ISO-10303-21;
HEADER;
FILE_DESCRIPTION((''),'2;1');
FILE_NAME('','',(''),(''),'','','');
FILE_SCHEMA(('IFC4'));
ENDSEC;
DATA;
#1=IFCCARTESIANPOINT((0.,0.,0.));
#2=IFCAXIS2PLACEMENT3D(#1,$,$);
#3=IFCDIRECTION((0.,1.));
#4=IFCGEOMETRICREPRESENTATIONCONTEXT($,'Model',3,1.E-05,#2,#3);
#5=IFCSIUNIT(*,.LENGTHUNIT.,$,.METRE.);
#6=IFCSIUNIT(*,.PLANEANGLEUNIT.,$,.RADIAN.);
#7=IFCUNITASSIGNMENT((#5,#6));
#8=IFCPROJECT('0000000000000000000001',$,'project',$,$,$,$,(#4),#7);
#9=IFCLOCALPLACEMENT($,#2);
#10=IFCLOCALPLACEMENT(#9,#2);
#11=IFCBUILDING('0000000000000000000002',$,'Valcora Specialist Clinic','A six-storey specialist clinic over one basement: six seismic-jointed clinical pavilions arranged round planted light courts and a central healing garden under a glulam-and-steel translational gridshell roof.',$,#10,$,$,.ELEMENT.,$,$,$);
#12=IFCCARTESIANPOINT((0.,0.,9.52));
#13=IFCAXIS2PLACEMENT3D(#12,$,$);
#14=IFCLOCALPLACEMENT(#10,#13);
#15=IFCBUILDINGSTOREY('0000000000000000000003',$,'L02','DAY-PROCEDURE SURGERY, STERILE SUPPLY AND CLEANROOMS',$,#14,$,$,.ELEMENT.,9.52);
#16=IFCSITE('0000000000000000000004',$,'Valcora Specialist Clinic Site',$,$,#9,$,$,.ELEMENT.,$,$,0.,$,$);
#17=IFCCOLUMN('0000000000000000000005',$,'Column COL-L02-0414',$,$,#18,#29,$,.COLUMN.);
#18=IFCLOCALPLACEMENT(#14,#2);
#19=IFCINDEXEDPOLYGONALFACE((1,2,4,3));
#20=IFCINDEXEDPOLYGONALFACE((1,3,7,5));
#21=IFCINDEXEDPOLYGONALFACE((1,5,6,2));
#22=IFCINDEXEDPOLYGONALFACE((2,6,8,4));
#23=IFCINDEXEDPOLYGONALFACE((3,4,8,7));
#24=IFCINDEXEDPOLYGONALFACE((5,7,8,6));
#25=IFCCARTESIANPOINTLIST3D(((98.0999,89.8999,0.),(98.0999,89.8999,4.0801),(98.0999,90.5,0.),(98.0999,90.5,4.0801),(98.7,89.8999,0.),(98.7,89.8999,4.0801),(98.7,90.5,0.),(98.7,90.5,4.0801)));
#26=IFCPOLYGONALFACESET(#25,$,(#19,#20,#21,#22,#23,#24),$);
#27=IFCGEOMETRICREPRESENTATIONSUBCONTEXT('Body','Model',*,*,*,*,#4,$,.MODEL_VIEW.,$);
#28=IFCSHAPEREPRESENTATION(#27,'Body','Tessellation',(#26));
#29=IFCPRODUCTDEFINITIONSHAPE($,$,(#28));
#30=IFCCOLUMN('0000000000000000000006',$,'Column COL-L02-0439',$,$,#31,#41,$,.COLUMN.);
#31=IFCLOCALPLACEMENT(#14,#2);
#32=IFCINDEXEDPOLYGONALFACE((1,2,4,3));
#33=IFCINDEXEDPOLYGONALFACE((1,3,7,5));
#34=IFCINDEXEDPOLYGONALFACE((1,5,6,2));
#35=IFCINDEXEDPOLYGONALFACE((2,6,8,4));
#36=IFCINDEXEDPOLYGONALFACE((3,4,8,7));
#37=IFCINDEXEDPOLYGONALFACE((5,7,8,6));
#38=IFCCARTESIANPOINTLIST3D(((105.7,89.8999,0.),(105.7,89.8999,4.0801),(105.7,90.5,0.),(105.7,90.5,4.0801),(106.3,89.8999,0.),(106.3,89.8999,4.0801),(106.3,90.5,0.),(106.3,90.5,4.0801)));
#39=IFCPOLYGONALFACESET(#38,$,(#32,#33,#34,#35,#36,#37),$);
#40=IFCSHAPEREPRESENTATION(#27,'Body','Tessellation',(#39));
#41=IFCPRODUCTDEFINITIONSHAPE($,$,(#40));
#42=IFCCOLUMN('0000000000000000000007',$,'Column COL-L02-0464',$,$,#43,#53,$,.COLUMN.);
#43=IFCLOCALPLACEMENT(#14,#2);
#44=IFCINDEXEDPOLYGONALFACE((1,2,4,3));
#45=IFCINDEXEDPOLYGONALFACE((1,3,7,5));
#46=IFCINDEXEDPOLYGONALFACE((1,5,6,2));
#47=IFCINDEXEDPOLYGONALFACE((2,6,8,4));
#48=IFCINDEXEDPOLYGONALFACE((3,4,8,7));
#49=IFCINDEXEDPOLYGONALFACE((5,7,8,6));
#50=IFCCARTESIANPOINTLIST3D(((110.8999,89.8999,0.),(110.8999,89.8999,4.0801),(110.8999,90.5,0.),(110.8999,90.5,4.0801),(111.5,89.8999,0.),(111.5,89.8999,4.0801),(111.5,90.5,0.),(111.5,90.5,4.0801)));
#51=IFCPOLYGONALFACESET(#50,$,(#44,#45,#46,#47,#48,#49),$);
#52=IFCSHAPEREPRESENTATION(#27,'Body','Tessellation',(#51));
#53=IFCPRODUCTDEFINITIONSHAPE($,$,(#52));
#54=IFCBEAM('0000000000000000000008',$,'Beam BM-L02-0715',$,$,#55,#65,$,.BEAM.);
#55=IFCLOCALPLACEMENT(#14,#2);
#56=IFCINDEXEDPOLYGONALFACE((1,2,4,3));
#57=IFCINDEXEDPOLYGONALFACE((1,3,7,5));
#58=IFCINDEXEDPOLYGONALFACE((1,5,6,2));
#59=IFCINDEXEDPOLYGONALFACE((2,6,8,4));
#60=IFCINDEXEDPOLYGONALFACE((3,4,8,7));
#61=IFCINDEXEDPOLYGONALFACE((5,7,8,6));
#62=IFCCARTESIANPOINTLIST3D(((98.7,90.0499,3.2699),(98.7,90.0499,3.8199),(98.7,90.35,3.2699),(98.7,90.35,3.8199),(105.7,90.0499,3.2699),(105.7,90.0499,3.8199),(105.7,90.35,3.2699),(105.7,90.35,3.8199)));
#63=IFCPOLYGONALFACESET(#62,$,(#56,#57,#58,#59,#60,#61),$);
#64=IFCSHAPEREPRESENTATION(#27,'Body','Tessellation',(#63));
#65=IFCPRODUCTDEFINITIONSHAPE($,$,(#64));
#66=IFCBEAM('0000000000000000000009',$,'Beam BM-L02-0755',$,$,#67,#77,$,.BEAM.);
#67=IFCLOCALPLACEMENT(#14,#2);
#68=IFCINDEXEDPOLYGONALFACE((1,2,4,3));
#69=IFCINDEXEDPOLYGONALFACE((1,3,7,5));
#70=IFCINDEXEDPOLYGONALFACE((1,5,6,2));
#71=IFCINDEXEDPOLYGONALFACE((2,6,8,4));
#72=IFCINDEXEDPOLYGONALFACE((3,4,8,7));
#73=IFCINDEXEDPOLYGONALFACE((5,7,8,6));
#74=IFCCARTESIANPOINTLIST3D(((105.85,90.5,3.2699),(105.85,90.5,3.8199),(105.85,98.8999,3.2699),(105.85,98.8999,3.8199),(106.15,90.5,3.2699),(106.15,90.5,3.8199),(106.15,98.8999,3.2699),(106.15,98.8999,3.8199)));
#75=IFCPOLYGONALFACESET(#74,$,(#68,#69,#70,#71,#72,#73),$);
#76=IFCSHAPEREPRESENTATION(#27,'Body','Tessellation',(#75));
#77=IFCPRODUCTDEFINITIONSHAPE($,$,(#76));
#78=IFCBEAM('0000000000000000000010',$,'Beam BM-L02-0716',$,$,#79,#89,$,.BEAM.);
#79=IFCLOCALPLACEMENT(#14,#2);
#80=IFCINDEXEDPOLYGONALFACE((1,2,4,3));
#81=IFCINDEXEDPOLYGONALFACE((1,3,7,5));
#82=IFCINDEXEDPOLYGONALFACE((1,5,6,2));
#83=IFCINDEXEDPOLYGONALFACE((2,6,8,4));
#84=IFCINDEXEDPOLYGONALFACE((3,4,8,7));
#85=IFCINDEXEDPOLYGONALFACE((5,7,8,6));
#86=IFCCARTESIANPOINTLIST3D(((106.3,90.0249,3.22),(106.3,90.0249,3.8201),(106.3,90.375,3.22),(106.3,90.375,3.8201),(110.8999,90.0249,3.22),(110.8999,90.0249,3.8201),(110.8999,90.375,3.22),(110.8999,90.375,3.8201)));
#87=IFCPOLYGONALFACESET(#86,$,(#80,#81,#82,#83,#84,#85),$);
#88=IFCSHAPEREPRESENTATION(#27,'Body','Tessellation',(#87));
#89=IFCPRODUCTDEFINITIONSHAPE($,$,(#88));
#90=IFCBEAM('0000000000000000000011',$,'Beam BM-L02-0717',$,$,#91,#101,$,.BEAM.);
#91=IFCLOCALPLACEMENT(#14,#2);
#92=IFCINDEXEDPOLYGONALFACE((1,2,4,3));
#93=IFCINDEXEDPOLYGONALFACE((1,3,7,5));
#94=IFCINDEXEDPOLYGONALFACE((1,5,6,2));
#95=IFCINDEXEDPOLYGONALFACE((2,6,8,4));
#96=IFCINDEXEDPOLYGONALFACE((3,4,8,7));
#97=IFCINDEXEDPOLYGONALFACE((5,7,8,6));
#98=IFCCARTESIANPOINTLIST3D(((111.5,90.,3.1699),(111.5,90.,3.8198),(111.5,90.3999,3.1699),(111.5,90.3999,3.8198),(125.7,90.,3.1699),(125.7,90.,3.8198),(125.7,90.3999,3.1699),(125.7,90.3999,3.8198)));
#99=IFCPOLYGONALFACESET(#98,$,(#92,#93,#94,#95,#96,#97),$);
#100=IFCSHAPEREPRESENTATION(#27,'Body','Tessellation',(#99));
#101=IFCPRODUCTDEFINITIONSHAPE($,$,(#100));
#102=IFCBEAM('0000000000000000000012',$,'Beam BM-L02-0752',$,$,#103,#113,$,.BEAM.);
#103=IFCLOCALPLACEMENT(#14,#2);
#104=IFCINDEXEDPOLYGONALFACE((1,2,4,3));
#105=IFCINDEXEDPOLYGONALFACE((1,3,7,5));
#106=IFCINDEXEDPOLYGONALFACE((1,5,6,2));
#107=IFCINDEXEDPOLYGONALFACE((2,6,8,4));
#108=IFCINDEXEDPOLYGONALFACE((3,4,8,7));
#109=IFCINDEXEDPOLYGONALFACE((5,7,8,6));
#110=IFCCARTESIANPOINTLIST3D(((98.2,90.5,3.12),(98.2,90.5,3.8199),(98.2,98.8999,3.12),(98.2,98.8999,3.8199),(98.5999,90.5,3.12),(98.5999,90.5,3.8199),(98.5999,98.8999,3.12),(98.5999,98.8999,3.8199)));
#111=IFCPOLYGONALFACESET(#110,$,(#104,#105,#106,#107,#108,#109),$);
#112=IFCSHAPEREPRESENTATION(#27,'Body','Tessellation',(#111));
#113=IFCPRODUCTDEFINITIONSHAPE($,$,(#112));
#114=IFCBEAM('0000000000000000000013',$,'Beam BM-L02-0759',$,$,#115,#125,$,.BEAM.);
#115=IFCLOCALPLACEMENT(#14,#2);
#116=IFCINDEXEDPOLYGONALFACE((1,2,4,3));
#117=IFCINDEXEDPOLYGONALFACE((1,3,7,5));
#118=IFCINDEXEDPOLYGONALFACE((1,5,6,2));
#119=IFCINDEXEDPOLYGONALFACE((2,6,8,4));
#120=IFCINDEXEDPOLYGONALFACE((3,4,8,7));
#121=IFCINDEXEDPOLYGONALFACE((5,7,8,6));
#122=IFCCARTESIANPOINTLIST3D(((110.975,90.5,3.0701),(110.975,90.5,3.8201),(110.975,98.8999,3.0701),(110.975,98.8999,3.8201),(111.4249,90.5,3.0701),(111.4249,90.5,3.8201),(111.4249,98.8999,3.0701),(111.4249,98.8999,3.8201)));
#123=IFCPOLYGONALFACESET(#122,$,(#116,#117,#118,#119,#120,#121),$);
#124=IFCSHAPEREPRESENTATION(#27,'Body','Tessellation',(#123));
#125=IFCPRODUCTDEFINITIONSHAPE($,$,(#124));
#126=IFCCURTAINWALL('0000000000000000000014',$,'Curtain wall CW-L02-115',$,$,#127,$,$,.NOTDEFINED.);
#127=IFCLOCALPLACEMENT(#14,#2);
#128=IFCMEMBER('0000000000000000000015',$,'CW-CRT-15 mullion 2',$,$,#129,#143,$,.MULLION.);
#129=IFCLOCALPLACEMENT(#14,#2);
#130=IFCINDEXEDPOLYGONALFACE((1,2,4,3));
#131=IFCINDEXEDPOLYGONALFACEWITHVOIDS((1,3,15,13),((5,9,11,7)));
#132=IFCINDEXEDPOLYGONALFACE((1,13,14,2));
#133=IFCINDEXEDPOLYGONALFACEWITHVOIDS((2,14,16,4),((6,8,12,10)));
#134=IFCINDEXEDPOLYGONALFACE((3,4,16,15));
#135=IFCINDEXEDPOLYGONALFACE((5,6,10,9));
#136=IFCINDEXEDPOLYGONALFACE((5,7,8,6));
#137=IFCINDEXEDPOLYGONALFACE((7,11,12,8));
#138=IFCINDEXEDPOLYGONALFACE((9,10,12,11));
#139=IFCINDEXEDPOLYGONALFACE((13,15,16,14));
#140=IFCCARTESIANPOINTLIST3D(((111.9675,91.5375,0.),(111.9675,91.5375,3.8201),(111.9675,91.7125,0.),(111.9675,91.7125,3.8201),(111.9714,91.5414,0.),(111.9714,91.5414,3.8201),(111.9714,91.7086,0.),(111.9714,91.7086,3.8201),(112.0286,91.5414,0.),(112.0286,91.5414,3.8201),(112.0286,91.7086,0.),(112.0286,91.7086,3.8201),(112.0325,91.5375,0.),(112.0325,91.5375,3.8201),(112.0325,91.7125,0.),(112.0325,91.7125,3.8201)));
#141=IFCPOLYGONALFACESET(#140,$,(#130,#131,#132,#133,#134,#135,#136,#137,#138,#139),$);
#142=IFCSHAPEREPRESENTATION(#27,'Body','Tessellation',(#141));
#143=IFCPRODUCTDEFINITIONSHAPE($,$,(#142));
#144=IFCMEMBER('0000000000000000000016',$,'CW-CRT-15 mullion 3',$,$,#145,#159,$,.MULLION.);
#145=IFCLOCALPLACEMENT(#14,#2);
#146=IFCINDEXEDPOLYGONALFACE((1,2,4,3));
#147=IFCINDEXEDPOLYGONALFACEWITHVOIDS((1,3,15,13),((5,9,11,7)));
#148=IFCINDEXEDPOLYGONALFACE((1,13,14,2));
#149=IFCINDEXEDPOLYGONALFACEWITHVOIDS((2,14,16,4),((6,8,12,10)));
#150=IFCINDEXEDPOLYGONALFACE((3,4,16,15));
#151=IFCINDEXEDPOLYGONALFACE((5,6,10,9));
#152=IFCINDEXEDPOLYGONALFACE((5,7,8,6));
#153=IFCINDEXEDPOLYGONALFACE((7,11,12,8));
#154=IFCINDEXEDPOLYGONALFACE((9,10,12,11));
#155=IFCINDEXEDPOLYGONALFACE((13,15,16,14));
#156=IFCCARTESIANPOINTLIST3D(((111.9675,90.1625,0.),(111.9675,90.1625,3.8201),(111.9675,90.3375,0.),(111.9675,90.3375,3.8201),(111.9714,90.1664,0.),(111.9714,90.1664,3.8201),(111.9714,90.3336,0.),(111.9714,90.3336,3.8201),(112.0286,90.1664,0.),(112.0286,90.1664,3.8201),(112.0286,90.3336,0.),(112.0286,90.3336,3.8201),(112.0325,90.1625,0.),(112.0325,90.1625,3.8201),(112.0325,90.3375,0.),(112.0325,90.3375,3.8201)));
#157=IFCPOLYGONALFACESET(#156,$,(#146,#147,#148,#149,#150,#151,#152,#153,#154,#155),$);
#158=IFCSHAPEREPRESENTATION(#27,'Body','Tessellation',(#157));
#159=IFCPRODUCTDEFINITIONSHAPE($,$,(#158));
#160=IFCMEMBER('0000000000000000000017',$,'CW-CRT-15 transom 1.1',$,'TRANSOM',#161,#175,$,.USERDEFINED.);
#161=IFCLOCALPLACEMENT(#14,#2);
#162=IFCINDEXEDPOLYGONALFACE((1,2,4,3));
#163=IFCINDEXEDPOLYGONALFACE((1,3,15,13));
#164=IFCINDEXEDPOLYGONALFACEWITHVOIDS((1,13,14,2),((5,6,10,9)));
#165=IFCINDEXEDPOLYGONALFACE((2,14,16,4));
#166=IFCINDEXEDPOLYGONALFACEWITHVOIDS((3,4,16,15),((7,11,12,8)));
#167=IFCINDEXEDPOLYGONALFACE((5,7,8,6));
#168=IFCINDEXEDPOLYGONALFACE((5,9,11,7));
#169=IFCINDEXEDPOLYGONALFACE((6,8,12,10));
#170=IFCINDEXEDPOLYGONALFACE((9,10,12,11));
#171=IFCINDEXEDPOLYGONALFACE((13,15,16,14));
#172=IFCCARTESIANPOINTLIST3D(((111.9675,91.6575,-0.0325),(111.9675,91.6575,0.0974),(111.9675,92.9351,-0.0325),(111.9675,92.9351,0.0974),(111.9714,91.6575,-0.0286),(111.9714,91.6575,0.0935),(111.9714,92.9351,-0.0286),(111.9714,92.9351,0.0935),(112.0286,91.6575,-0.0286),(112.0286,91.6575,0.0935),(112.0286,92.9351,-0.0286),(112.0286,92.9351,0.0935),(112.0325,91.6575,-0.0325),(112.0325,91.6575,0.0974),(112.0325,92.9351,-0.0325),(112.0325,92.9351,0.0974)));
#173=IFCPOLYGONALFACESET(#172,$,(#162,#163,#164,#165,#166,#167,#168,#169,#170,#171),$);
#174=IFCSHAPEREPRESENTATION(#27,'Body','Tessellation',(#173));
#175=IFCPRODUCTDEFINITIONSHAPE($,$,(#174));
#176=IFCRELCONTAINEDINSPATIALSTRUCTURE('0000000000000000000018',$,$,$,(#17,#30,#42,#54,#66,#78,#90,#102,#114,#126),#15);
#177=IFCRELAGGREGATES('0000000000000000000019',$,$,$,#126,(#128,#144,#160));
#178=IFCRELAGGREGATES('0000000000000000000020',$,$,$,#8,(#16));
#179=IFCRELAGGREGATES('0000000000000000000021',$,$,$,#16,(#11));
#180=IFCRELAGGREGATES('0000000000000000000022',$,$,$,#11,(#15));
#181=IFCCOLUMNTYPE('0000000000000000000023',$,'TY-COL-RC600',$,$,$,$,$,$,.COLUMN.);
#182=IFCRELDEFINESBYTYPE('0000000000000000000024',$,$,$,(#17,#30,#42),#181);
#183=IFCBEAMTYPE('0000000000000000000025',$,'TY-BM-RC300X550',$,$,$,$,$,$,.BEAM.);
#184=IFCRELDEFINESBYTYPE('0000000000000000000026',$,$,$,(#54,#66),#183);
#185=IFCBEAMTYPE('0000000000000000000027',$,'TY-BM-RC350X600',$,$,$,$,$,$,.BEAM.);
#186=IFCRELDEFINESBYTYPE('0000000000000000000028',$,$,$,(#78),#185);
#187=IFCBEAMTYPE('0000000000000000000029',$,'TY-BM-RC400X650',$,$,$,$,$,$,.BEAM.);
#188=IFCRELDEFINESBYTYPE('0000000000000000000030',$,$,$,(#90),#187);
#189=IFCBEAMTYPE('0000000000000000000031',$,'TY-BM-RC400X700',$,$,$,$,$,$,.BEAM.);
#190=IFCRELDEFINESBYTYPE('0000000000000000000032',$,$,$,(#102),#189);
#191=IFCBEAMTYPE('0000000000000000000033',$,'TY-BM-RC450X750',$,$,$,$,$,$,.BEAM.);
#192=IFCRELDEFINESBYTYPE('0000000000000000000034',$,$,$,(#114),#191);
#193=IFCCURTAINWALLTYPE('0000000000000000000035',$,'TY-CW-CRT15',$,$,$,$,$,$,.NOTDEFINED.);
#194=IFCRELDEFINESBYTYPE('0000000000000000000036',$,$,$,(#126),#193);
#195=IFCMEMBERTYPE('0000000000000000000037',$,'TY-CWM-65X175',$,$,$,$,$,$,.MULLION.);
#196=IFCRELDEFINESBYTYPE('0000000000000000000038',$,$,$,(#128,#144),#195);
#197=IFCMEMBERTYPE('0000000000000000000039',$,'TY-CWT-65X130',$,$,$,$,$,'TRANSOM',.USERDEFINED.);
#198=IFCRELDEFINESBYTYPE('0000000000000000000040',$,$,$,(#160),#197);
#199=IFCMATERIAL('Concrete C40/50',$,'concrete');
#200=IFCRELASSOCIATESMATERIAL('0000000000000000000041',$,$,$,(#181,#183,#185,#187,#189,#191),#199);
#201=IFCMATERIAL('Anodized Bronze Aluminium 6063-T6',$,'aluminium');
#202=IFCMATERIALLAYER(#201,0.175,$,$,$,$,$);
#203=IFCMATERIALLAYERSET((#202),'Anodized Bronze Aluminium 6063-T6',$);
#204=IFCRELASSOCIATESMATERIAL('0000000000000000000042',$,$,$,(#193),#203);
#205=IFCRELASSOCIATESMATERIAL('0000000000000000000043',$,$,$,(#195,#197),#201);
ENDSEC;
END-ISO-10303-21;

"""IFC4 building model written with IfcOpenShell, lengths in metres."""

from ifc_helpers import new_model, si_unit, direction, frame, origin, origin_2d, place, context, subcontext, project, spatial, rectangle, hollow_rectangle, extrude, material, layer, layer_set, material_profile, profile_set, type_object, element, aggregate, save


model = new_model("IFC4")

# Units and contexts
model_context = context("Model", 3, precision=1e-05, world=origin(), true_north=direction((0.0, 1.0)))
body_context = subcontext(model_context, "Body", "Model", "MODEL_VIEW")
ifc_project = project(units=[si_unit("LENGTHUNIT", "METRE"), si_unit("PLANEANGLEUNIT", "RADIAN")], contexts=[model_context])

# Site, building, storey
site_placement = place(None, origin())
site = spatial("IfcSite", under=ifc_project, at=site_placement, Name="Valcora Specialist Clinic Site", CompositionType="ELEMENT", RefElevation=0.0)
building_placement = place(site_placement, origin())
building = spatial("IfcBuilding", under=site, at=building_placement, Name="Valcora Specialist Clinic", Description="A six-storey specialist clinic over one basement: six seismic-jointed clinical pavilions arranged round planted light courts and a central healing garden under a glulam-and-steel translational gridshell roof.", CompositionType="ELEMENT")
storey_placement = place(building_placement, frame((0.0, 0.0, 9.52)))
storey = spatial("IfcBuildingStorey", under=building, at=storey_placement, Name="L02", Description="DAY-PROCEDURE SURGERY, STERILE SUPPLY AND CLEANROOMS", CompositionType="ELEMENT", Elevation=9.52)

# Columns
ifc_material_1 = material(Name="Concrete C40/50", Category="concrete")
ifc_material_profile_1 = material_profile(ifc_material_1, rectangle(XDim=0.6001, YDim=0.6001, at=origin_2d()), Name="RC-COL-600X600")
ifc_profile_set_1 = profile_set([ifc_material_profile_1], Name="Concrete C40/50")
column_type = type_object("IfcColumnType", Name="TY-COL-RC600", PredefinedType="COLUMN", material=ifc_profile_set_1)
for number, where, z_axis, x_axis, name in (
    (1, (98.3999, 90.2, 0.0), (0.0, 0.0, 1.0), (1.0, 0.0, 0.0), "Column COL-L02-0414"),
    (2, (106.0, 90.2, 0.0), (0.0, 0.0, 1.0), (1.0, 0.0, 0.0), "Column COL-L02-0439"),
    (3, (111.2, 90.2, 0.0), (0.0, 0.0, 1.0), (1.0, 0.0, 0.0), "Column COL-L02-0464"),
):
    element("IfcColumn", number, at=place(storey_placement, frame(where, z_axis=z_axis, x_axis=x_axis)), inside=storey, type_object=column_type, Name=name, PredefinedType="COLUMN", context=body_context, shape_type="SweptSolid", body=[
        extrude(rectangle(XDim=0.6001, YDim=0.6001, at=origin_2d()), origin(), (0.0, 0.0, 1.0), 4.0801),
    ])

# Beams
ifc_material_profile_2 = material_profile(ifc_material_1, rectangle(XDim=0.3, YDim=0.55, at=origin_2d()), Name="RC-BM-300X550")
ifc_profile_set_2 = profile_set([ifc_material_profile_2], Name="Concrete C40/50")
beam_type_1 = type_object("IfcBeamType", Name="TY-BM-RC300X550", PredefinedType="BEAM", material=ifc_profile_set_2)
beam_1_placement = place(storey_placement, frame((98.7, 90.2, 3.5449), z_axis=(1.0, 0.0, 0.0), x_axis=(0.0, 1.0, 0.0)))
element("IfcBeam", 4, at=beam_1_placement, inside=storey, type_object=beam_type_1, Name="Beam BM-L02-0715", PredefinedType="BEAM", context=body_context, shape_type="SweptSolid", body=[
    extrude(rectangle(XDim=0.3, YDim=0.55, at=origin_2d()), origin(), (0.0, 0.0, 1.0), 7.0),
])
beam_2_placement = place(storey_placement, frame((106.0, 90.5, 3.5449), z_axis=(0.0, 1.0, 0.0), x_axis=(-1.0, 0.0, 0.0)))
element("IfcBeam", 5, at=beam_2_placement, inside=storey, type_object=beam_type_1, Name="Beam BM-L02-0755", PredefinedType="BEAM", context=body_context, shape_type="SweptSolid", body=[
    extrude(rectangle(XDim=0.3, YDim=0.55, at=origin_2d()), origin(), (0.0, 0.0, 1.0), 8.3999),
])
ifc_material_profile_3 = material_profile(ifc_material_1, rectangle(XDim=0.3501, YDim=0.6001, at=origin_2d()), Name="RC-BM-350X600")
ifc_profile_set_3 = profile_set([ifc_material_profile_3], Name="Concrete C40/50")
beam_type_2 = type_object("IfcBeamType", Name="TY-BM-RC350X600", PredefinedType="BEAM", material=ifc_profile_set_3)
beam_3_placement = place(storey_placement, frame((106.3, 90.2, 3.52), z_axis=(1.0, 0.0, 0.0), x_axis=(0.0, 1.0, 0.0)))
element("IfcBeam", 6, at=beam_3_placement, inside=storey, type_object=beam_type_2, Name="Beam BM-L02-0716", PredefinedType="BEAM", context=body_context, shape_type="SweptSolid", body=[
    extrude(rectangle(XDim=0.3501, YDim=0.6001, at=origin_2d()), origin(), (0.0, 0.0, 1.0), 4.5999),
])
ifc_material_profile_4 = material_profile(ifc_material_1, rectangle(XDim=0.3999, YDim=0.6499, at=origin_2d()), Name="RC-BM-400X650")
ifc_profile_set_4 = profile_set([ifc_material_profile_4], Name="Concrete C40/50")
beam_type_3 = type_object("IfcBeamType", Name="TY-BM-RC400X650", PredefinedType="BEAM", material=ifc_profile_set_4)
beam_4_placement = place(storey_placement, frame((111.5, 90.2, 3.4949), z_axis=(1.0, 0.0, 0.0), x_axis=(0.0, 1.0, 0.0)))
element("IfcBeam", 7, at=beam_4_placement, inside=storey, type_object=beam_type_3, Name="Beam BM-L02-0717", PredefinedType="BEAM", context=body_context, shape_type="SweptSolid", body=[
    extrude(rectangle(XDim=0.3999, YDim=0.6499, at=origin_2d()), origin(), (0.0, 0.0, 1.0), 14.2),
])
ifc_material_profile_5 = material_profile(ifc_material_1, rectangle(XDim=0.3999, YDim=0.7, at=origin_2d()), Name="RC-BM-400X700")
ifc_profile_set_5 = profile_set([ifc_material_profile_5], Name="Concrete C40/50")
beam_type_4 = type_object("IfcBeamType", Name="TY-BM-RC400X700", PredefinedType="BEAM", material=ifc_profile_set_5)
beam_5_placement = place(storey_placement, frame((98.3999, 90.5, 3.47), z_axis=(0.0, 1.0, 0.0), x_axis=(-1.0, 0.0, 0.0)))
element("IfcBeam", 8, at=beam_5_placement, inside=storey, type_object=beam_type_4, Name="Beam BM-L02-0752", PredefinedType="BEAM", context=body_context, shape_type="SweptSolid", body=[
    extrude(rectangle(XDim=0.3999, YDim=0.7, at=origin_2d()), origin(), (0.0, 0.0, 1.0), 8.3999),
])
ifc_material_profile_6 = material_profile(ifc_material_1, rectangle(XDim=0.45, YDim=0.75, at=origin_2d()), Name="RC-BM-450X750")
ifc_profile_set_6 = profile_set([ifc_material_profile_6], Name="Concrete C40/50")
beam_type_5 = type_object("IfcBeamType", Name="TY-BM-RC450X750", PredefinedType="BEAM", material=ifc_profile_set_6)
beam_6_placement = place(storey_placement, frame((111.2, 90.5, 3.4451), z_axis=(0.0, 1.0, 0.0), x_axis=(-1.0, 0.0, 0.0)))
element("IfcBeam", 9, at=beam_6_placement, inside=storey, type_object=beam_type_5, Name="Beam BM-L02-0759", PredefinedType="BEAM", context=body_context, shape_type="SweptSolid", body=[
    extrude(rectangle(XDim=0.45, YDim=0.75, at=origin_2d()), origin(), (0.0, 0.0, 1.0), 8.3999),
])

# Curtain wall, members
ifc_material_2 = material(Name="Anodized Bronze Aluminium 6063-T6", Category="aluminium")
ifc_layer_1 = layer(ifc_material_2, 0.175)
ifc_layer_set_1 = layer_set([ifc_layer_1], Name="Anodized Bronze Aluminium 6063-T6")
curtain_wall_type = type_object("IfcCurtainWallType", Name="TY-CW-CRT15", PredefinedType="NOTDEFINED", material=ifc_layer_set_1)
curtain_wall_placement = place(storey_placement, origin())
curtain_wall = element("IfcCurtainWall", 10, at=curtain_wall_placement, inside=storey, type_object=curtain_wall_type, Name="Curtain wall CW-L02-115", PredefinedType="NOTDEFINED")
ifc_material_profile_7 = material_profile(ifc_material_2, hollow_rectangle(XDim=0.0649, YDim=0.175, WallThickness=0.0039, at=origin_2d()), Name="AL-MUL-65X175")
ifc_profile_set_7 = profile_set([ifc_material_profile_7], Name="Anodized Bronze Aluminium 6063-T6")
member_type_1 = type_object("IfcMemberType", Name="TY-CWM-65X175", PredefinedType="MULLION", material=ifc_profile_set_7)
member_1_placement = place(storey_placement, frame((112.0, 91.625, 0.0), z_axis=(0.0, 0.0, 1.0), x_axis=(1.0, 0.0, 0.0)))
member_1 = element("IfcMember", 11, at=member_1_placement, type_object=member_type_1, Name="CW-CRT-15 mullion 2", PredefinedType="MULLION", context=body_context, shape_type="SweptSolid", body=[
    extrude(hollow_rectangle(XDim=0.0649, YDim=0.175, WallThickness=0.0039, at=origin_2d()), origin(), (0.0, 0.0, 1.0), 3.8201),
])
member_2_placement = place(storey_placement, frame((112.0, 90.25, 0.0), z_axis=(0.0, 0.0, 1.0), x_axis=(1.0, 0.0, 0.0)))
member_2 = element("IfcMember", 12, at=member_2_placement, type_object=member_type_1, Name="CW-CRT-15 mullion 3", PredefinedType="MULLION", context=body_context, shape_type="SweptSolid", body=[
    extrude(hollow_rectangle(XDim=0.0649, YDim=0.175, WallThickness=0.0039, at=origin_2d()), origin(), (0.0, 0.0, 1.0), 3.8201),
])
ifc_material_profile_8 = material_profile(ifc_material_2, hollow_rectangle(XDim=0.0649, YDim=0.1299, WallThickness=0.0039, at=origin_2d()), Name="AL-TRN-65X130")
ifc_profile_set_8 = profile_set([ifc_material_profile_8], Name="Anodized Bronze Aluminium 6063-T6")
member_type_2 = type_object("IfcMemberType", Name="TY-CWT-65X130", ElementType="TRANSOM", PredefinedType="USERDEFINED", material=ifc_profile_set_8)
member_3_placement = place(storey_placement, frame((112.0, 92.9351, 0.0325), z_axis=(0.0, -1.0, 0.0), x_axis=(1.0, 0.0, 0.0)))
member_3 = element("IfcMember", 13, at=member_3_placement, type_object=member_type_2, Name="CW-CRT-15 transom 1.1", ObjectType="TRANSOM", PredefinedType="USERDEFINED", context=body_context, shape_type="SweptSolid", body=[
    extrude(hollow_rectangle(XDim=0.0649, YDim=0.1299, WallThickness=0.0039, at=origin_2d()), origin(), (0.0, 0.0, 1.0), 1.2776),
])
aggregate(curtain_wall, [member_1, member_2, member_3])

save(model, "model.ifc")
